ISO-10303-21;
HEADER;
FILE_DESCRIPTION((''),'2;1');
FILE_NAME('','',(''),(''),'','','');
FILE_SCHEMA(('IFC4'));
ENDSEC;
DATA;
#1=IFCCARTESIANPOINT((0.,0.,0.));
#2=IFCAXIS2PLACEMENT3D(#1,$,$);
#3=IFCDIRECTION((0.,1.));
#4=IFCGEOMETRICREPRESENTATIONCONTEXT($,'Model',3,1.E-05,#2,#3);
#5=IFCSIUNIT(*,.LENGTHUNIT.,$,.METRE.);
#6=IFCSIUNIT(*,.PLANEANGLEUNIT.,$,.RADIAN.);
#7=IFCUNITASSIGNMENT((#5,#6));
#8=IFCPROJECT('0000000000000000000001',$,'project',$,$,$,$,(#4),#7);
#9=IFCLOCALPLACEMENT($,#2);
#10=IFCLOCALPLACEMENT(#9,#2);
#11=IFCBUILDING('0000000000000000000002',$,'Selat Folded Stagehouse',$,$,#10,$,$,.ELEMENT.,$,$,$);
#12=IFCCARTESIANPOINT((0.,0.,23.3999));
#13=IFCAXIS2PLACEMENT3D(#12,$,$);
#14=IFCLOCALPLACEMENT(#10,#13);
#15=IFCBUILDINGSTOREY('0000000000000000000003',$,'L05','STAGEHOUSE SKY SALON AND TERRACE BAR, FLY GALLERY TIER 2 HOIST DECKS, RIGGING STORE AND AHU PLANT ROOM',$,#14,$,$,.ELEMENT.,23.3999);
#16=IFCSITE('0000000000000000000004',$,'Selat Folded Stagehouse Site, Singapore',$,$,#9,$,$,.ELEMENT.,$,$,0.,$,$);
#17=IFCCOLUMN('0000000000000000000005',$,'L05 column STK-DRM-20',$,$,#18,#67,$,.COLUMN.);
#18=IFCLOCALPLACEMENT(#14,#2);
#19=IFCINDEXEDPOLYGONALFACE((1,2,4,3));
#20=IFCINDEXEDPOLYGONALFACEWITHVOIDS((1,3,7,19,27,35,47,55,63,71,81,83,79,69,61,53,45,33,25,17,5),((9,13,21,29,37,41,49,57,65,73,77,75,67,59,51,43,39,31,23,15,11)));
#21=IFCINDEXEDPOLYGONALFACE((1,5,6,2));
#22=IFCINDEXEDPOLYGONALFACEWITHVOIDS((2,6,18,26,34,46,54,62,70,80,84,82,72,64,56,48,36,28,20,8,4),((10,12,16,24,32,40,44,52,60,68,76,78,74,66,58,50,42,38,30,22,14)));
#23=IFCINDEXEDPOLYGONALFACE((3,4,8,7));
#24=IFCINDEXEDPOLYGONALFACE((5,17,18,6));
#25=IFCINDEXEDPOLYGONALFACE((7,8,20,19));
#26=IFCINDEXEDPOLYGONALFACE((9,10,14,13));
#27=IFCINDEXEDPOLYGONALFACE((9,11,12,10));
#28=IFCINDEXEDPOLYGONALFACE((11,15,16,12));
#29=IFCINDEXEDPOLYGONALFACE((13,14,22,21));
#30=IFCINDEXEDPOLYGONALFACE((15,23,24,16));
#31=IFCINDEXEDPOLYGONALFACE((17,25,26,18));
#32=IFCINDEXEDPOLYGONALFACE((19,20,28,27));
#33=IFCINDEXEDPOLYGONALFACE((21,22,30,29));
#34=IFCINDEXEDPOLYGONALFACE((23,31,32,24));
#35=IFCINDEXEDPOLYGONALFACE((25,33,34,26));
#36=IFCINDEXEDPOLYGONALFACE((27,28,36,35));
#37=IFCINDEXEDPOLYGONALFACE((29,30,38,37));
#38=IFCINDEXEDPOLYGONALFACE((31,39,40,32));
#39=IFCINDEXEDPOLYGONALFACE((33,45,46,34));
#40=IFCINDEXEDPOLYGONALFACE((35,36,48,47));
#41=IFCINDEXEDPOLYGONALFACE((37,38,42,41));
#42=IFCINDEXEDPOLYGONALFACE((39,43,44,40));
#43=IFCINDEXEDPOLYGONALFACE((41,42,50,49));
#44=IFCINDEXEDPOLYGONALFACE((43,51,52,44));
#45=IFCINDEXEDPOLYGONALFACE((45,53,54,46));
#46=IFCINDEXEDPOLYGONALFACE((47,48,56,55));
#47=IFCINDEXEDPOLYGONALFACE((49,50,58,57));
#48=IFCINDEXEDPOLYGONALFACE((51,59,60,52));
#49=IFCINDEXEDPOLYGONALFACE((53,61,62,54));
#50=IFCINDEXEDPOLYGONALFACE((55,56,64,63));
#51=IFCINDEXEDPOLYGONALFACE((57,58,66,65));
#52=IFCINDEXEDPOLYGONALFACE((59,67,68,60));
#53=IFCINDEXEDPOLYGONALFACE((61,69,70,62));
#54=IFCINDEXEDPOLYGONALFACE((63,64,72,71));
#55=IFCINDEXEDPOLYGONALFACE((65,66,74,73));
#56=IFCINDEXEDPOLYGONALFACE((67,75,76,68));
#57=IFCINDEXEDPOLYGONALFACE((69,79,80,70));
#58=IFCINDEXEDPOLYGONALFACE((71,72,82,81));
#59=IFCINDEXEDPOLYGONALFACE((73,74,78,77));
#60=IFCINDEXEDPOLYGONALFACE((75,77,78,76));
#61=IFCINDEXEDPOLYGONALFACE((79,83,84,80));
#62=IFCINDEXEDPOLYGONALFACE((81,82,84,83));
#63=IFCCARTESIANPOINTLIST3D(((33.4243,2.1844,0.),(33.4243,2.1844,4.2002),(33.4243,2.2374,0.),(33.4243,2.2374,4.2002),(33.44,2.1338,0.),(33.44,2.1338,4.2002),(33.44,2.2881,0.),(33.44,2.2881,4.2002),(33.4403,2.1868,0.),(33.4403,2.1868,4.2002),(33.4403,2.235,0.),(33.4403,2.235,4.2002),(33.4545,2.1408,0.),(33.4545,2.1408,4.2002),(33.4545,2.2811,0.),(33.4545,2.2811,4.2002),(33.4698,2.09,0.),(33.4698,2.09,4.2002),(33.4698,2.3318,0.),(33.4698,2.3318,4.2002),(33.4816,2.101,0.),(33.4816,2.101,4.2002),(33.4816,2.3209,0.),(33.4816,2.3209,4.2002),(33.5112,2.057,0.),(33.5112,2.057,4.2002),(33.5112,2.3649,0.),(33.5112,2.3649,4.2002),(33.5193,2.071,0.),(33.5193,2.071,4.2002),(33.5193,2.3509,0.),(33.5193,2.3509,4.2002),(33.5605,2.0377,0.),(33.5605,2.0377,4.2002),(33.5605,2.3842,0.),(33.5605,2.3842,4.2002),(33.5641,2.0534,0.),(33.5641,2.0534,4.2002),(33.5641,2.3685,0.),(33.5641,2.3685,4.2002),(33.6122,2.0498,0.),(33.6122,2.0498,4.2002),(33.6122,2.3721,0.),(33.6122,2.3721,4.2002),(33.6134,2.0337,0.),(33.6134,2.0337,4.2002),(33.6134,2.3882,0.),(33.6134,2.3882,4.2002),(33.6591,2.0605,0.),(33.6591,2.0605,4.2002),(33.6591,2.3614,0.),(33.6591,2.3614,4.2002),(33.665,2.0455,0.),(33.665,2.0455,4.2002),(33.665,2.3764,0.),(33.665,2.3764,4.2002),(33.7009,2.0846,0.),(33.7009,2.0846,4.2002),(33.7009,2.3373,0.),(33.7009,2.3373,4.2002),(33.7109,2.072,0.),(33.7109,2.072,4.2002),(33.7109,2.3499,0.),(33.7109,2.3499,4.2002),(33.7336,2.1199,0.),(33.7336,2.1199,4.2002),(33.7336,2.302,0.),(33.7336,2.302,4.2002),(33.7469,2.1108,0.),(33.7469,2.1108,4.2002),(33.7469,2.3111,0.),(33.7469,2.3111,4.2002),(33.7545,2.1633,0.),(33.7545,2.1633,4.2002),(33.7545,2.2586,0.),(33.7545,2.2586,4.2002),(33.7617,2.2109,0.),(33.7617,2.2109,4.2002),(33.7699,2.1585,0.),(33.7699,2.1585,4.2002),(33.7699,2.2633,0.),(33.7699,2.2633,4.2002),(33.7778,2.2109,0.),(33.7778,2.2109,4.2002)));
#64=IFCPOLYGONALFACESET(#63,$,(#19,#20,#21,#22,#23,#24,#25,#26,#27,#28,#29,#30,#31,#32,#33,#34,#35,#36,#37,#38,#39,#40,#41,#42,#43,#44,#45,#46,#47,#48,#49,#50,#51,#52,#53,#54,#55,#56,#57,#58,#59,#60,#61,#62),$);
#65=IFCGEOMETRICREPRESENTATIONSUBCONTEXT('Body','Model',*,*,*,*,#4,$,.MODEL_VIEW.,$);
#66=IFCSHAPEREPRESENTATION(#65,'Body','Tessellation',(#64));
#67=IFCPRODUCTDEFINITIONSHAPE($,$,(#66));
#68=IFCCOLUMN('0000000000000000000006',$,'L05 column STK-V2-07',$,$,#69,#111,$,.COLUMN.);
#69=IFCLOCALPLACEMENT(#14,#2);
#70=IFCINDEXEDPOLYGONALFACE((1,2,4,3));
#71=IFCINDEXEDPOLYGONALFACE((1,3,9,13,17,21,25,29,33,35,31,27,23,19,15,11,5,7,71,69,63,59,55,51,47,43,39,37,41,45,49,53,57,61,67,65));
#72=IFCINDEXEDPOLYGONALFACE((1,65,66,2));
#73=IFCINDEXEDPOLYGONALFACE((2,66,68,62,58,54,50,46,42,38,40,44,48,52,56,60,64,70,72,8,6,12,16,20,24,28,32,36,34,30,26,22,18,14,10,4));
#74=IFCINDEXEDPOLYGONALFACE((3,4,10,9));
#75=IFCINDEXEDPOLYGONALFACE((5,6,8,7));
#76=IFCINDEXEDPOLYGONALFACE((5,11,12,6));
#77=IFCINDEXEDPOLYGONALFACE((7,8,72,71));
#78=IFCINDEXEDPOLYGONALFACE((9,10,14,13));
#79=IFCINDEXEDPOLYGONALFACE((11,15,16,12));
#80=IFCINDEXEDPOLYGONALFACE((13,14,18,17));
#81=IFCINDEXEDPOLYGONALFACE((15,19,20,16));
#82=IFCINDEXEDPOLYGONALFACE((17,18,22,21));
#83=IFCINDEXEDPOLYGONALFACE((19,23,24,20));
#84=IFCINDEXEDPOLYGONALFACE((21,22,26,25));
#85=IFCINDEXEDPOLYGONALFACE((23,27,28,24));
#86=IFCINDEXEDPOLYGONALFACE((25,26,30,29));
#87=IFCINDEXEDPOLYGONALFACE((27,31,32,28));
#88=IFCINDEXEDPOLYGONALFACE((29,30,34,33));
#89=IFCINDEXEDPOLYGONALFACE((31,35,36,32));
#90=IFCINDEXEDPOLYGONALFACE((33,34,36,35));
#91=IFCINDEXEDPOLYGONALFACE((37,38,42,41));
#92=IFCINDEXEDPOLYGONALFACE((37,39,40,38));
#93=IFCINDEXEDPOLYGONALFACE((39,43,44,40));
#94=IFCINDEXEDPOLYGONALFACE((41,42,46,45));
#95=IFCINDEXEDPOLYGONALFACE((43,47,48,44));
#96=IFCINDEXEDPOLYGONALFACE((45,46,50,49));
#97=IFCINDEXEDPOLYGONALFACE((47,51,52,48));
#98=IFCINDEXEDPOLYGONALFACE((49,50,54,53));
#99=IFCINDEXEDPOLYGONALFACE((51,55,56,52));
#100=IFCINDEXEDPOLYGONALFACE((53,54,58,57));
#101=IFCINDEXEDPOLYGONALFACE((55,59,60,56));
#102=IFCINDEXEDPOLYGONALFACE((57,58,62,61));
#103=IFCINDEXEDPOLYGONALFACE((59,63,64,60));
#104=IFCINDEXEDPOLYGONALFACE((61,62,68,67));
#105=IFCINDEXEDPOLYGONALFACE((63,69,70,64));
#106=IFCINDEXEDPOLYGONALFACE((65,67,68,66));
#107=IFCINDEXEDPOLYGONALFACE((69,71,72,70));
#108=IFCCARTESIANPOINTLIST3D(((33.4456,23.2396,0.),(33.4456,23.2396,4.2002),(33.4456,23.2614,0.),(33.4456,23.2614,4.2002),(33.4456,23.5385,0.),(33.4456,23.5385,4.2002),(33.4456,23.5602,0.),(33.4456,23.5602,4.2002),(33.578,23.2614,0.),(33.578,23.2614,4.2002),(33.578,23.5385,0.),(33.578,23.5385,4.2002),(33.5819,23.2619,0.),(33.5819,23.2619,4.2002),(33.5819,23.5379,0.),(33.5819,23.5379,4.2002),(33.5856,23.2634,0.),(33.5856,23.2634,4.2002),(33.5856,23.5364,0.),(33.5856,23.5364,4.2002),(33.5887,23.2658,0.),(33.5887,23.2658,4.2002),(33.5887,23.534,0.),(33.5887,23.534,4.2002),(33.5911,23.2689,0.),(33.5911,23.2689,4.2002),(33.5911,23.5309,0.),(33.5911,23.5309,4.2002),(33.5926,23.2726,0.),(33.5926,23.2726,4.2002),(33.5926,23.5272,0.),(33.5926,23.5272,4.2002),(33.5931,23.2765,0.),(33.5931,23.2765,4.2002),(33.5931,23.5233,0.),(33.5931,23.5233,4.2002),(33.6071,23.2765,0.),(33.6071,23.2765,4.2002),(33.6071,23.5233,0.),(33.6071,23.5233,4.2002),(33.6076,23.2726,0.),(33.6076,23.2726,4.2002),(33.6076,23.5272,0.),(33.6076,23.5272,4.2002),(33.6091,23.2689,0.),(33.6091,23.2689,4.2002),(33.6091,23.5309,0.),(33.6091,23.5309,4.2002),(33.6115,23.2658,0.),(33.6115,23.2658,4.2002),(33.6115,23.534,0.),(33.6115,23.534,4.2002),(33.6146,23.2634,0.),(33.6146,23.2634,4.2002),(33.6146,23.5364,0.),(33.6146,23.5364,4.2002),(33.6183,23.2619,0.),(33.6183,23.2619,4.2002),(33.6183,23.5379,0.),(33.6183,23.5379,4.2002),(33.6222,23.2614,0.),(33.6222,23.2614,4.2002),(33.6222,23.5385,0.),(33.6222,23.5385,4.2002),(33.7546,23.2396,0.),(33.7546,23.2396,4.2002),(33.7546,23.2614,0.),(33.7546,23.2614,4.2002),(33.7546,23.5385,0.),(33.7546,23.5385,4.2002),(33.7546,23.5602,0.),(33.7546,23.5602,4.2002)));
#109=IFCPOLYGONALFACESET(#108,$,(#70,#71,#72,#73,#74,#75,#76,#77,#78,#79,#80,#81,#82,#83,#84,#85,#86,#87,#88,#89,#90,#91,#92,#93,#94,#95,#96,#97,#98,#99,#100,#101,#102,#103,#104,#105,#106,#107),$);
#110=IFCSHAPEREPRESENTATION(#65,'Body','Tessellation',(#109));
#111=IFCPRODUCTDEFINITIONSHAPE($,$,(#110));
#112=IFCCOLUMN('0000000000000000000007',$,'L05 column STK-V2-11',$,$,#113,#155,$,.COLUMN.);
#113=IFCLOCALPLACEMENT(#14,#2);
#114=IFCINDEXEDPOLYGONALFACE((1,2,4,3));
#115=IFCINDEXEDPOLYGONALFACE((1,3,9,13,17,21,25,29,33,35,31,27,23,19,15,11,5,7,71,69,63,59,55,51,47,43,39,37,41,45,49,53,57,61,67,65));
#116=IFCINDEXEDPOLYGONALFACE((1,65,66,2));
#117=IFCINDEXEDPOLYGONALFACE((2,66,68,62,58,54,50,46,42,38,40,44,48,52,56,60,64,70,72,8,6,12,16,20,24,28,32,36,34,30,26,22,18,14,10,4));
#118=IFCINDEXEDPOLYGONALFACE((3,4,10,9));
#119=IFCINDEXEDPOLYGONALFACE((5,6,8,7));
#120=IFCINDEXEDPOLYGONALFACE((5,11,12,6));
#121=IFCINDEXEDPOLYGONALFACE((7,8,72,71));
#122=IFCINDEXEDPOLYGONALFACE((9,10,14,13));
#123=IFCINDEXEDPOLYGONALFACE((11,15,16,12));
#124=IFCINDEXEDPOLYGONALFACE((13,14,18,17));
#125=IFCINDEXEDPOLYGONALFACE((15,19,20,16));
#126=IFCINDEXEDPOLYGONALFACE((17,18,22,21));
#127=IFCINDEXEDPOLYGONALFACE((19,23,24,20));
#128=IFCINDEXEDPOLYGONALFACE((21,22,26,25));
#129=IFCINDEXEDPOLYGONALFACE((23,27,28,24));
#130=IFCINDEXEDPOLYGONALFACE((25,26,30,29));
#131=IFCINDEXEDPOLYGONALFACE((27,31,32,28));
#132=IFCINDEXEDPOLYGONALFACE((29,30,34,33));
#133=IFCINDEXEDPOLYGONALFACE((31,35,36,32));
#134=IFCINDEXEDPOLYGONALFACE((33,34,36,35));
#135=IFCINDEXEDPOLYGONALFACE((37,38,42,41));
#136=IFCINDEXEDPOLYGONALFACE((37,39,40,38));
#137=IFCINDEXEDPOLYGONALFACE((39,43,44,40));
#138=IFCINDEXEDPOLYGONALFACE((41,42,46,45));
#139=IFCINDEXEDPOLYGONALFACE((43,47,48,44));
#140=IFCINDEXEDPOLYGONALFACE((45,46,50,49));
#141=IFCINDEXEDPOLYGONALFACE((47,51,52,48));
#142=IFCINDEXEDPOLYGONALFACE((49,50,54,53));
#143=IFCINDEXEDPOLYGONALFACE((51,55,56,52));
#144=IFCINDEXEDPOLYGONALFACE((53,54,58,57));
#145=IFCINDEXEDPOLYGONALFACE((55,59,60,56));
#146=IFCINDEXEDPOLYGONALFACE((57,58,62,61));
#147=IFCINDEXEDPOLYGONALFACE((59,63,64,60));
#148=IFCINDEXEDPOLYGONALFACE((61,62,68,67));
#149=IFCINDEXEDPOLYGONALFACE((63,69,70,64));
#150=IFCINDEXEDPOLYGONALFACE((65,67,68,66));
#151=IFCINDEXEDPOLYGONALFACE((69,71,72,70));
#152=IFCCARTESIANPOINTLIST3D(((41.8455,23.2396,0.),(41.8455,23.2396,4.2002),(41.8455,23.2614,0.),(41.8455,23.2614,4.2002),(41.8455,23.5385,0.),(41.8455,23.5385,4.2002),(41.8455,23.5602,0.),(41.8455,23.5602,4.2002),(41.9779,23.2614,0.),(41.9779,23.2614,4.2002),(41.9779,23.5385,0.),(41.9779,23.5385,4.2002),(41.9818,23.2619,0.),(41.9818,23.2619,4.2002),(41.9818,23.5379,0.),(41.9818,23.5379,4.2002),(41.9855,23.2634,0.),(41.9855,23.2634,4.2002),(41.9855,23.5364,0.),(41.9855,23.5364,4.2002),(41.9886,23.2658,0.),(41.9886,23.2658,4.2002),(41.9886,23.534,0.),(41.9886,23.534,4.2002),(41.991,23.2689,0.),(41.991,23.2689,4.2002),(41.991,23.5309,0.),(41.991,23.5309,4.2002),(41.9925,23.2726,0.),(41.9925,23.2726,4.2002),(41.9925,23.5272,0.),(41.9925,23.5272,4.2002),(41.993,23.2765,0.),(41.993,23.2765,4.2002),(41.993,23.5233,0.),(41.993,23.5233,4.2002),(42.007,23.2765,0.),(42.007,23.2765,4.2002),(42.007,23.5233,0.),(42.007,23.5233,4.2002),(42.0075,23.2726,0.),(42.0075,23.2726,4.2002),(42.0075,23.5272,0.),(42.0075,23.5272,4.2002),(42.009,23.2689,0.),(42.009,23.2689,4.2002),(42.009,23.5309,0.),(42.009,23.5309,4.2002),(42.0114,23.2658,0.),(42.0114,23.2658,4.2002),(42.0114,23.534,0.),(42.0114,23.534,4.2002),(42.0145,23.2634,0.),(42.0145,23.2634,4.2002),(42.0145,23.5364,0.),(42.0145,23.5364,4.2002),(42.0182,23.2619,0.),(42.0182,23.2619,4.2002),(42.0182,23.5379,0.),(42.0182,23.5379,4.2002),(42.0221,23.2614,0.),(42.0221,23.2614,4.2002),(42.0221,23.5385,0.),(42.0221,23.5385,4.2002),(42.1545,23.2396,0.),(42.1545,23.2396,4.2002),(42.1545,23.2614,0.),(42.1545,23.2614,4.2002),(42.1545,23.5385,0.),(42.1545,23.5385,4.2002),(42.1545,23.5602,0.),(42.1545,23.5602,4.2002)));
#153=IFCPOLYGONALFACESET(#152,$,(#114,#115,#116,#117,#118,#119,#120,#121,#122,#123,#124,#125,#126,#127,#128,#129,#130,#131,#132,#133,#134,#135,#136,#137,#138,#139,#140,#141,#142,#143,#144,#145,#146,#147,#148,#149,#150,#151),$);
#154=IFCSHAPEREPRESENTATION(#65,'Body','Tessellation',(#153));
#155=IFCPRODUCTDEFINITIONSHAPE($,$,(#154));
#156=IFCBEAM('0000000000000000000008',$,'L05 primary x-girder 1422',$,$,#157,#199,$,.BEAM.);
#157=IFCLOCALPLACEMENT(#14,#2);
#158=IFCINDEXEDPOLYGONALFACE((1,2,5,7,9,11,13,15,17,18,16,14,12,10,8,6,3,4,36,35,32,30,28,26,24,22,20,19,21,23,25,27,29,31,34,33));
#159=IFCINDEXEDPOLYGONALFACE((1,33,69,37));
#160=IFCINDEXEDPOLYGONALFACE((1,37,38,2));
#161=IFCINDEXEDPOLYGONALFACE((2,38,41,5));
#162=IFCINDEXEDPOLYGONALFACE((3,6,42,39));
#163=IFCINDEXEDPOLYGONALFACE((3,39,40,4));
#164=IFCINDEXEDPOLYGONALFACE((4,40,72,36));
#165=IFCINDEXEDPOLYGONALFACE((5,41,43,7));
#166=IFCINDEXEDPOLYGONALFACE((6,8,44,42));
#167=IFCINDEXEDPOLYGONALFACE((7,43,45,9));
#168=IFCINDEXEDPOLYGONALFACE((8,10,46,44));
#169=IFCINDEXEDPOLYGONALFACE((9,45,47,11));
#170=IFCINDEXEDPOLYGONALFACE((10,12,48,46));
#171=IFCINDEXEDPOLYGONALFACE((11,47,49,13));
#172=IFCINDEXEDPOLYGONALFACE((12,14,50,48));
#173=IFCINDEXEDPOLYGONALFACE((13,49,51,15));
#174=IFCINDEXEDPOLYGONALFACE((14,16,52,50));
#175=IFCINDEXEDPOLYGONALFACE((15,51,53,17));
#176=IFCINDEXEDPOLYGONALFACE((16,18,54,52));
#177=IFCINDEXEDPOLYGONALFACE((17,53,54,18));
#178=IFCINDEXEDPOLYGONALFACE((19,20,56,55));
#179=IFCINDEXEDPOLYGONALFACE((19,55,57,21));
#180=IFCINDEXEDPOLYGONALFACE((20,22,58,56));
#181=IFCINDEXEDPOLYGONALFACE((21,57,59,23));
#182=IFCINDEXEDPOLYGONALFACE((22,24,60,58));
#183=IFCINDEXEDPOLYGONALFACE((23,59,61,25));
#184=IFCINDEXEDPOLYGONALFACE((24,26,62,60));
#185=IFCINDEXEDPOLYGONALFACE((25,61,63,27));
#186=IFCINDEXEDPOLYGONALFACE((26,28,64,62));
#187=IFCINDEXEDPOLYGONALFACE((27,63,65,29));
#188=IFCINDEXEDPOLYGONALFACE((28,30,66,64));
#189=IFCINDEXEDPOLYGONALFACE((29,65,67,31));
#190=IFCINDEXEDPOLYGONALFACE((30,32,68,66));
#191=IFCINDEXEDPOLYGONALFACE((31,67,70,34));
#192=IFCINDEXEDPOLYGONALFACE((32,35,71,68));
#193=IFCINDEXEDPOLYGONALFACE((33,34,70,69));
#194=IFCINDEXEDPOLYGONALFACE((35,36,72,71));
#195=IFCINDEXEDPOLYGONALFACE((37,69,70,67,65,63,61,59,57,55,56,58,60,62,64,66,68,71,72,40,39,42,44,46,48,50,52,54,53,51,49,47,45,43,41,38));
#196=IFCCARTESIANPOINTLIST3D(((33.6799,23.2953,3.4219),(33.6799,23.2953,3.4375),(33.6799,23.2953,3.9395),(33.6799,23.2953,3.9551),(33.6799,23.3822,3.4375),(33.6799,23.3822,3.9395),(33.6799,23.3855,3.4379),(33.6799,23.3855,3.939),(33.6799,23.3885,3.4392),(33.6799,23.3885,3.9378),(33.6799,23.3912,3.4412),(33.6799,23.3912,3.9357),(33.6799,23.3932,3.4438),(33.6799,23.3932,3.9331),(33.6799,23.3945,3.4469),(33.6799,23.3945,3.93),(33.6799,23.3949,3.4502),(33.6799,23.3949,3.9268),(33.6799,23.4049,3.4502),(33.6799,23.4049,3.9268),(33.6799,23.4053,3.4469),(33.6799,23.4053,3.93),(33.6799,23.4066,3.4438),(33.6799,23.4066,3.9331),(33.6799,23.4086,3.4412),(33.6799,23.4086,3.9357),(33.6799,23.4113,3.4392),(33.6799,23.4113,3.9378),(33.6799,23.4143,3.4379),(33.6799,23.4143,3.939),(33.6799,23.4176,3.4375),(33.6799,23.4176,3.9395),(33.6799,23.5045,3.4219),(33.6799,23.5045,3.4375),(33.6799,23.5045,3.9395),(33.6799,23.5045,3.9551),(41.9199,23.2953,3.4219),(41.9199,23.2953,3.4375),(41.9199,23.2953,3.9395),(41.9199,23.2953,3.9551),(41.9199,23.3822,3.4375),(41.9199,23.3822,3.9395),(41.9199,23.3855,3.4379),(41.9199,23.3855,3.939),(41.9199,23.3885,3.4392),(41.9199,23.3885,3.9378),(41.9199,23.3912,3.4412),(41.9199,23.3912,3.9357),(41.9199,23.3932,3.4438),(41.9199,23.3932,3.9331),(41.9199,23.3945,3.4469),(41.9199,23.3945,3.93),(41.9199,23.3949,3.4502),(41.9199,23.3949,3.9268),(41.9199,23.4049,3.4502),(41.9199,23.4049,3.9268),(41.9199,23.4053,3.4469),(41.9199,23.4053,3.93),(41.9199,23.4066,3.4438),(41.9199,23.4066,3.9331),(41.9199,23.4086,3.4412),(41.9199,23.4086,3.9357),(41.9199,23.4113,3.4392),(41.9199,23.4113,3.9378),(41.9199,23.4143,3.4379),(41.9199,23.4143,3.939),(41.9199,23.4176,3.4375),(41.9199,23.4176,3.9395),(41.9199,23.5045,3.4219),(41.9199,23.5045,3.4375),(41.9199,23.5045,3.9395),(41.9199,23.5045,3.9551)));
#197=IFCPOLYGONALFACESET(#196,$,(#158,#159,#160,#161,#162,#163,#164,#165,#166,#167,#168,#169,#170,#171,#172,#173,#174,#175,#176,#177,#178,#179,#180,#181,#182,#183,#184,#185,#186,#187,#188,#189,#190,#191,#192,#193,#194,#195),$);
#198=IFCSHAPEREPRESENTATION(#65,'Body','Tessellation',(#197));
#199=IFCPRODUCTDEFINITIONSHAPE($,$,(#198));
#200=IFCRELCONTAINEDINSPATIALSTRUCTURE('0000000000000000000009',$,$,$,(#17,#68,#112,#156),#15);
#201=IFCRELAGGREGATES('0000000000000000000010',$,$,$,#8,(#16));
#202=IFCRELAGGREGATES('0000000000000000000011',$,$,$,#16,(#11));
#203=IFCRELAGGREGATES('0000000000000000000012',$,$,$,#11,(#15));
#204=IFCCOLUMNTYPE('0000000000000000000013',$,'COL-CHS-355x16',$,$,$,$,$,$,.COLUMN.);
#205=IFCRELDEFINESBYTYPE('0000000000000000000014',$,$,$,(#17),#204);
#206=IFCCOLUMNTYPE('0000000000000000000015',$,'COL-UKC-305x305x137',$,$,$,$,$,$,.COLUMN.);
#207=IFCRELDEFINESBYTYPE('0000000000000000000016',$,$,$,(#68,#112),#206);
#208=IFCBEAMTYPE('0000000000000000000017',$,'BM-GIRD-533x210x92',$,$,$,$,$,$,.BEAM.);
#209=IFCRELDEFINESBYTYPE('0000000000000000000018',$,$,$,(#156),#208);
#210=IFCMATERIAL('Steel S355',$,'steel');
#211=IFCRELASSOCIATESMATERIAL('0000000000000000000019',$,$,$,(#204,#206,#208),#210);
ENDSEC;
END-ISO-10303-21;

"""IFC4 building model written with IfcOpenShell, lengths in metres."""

from ifc_helpers import new_model, si_unit, direction, frame, origin, origin_2d, place, context, subcontext, project, spatial, hollow_circle, i_section, extrude, material, material_profile, profile_set, type_object, element, save


model = new_model("IFC4")

# Units and contexts
model_context = context("Model", 3, precision=1e-05, world=origin(), true_north=direction((0.0, 1.0)))
body_context = subcontext(model_context, "Body", "Model", "MODEL_VIEW")
ifc_project = project(units=[si_unit("LENGTHUNIT", "METRE"), si_unit("PLANEANGLEUNIT", "RADIAN")], contexts=[model_context])

# Site, building, storey
site_placement = place(None, origin())
site = spatial("IfcSite", under=ifc_project, at=site_placement, Name="Selat Folded Stagehouse Site, Singapore", CompositionType="ELEMENT", RefElevation=0.0)
building_placement = place(site_placement, origin())
building = spatial("IfcBuilding", under=site, at=building_placement, Name="Selat Folded Stagehouse", CompositionType="ELEMENT")
storey_placement = place(building_placement, frame((0.0, 0.0, 23.3999)))
storey = spatial("IfcBuildingStorey", under=building, at=storey_placement, Name="L05", Description="STAGEHOUSE SKY SALON AND TERRACE BAR, FLY GALLERY TIER 2 HOIST DECKS, RIGGING STORE AND AHU PLANT ROOM", CompositionType="ELEMENT", Elevation=23.3999)

# Columns
ifc_material_1 = material(Name="Steel S355", Category="steel")
ifc_material_profile_1 = material_profile(ifc_material_1, hollow_circle(Radius=0.1777, WallThickness=0.0161, at=origin_2d()), Name="CHS 355.6x16.0")
ifc_profile_set_1 = profile_set([ifc_material_profile_1], Name="Steel S355")
column_type_1 = type_object("IfcColumnType", Name="COL-CHS-355x16", PredefinedType="COLUMN", material=ifc_profile_set_1)
column_placement = place(storey_placement, frame((33.6001, 2.2109, 0.0), z_axis=(0.0, 0.0, 1.0), x_axis=(1.0, 0.0, 0.0)))
element("IfcColumn", 1, at=column_placement, inside=storey, type_object=column_type_1, Name="L05 column STK-DRM-20", PredefinedType="COLUMN", context=body_context, shape_type="SweptSolid", body=[
    extrude(hollow_circle(Radius=0.1777, WallThickness=0.0161, at=origin_2d()), origin(), (0.0, 0.0, 1.0), 4.2002),
])
ifc_material_profile_2 = material_profile(ifc_material_1, i_section(OverallWidth=0.3091, OverallDepth=0.3206, WebThickness=0.0139, FlangeThickness=0.0217, FilletRadius=0.0151, at=origin_2d()), Name="UKC 305x305x137")
ifc_profile_set_2 = profile_set([ifc_material_profile_2], Name="Steel S355")
column_type_2 = type_object("IfcColumnType", Name="COL-UKC-305x305x137", PredefinedType="COLUMN", material=ifc_profile_set_2)
for number, where, z_axis, x_axis, name in (
    (2, (33.6001, 23.3999, 0.0), (0.0, 0.0, 1.0), (1.0, 0.0, 0.0), "L05 column STK-V2-07"),
    (3, (42.0, 23.3999, 0.0), (0.0, 0.0, 1.0), (1.0, 0.0, 0.0), "L05 column STK-V2-11"),
):
    element("IfcColumn", number, at=place(storey_placement, frame(where, z_axis=z_axis, x_axis=x_axis)), inside=storey, type_object=column_type_2, Name=name, PredefinedType="COLUMN", context=body_context, shape_type="SweptSolid", body=[
        extrude(i_section(OverallWidth=0.3091, OverallDepth=0.3206, WebThickness=0.0139, FlangeThickness=0.0217, FilletRadius=0.0151, at=origin_2d()), origin(), (0.0, 0.0, 1.0), 4.2002),
    ])

# Beam
ifc_material_profile_3 = material_profile(ifc_material_1, i_section(OverallWidth=0.2092, OverallDepth=0.5332, WebThickness=0.01, FlangeThickness=0.0156, FilletRadius=0.0127, at=origin_2d()), Name="UKB 533x210x92")
ifc_profile_set_3 = profile_set([ifc_material_profile_3], Name="Steel S355")
beam_type_1 = type_object("IfcBeamType", Name="BM-GIRD-533x210x92", PredefinedType="BEAM", material=ifc_profile_set_3)
for number, where, z_axis, x_axis, name in (
    (4, (33.6799, 23.3999, 3.6885), (1.0, 0.0, 0.0), (0.0, 1.0, 0.0), "L05 primary x-girder 1422"),
):
    element("IfcBeam", number, at=place(storey_placement, frame(where, z_axis=z_axis, x_axis=x_axis)), inside=storey, type_object=beam_type_1, Name=name, PredefinedType="BEAM", context=body_context, shape_type="SweptSolid", body=[
        extrude(i_section(OverallWidth=0.2092, OverallDepth=0.5332, WebThickness=0.01, FlangeThickness=0.0156, FilletRadius=0.0127, at=origin_2d()), origin(), (0.0, 0.0, 1.0), 8.24),
    ])

save(model, "model.ifc")
